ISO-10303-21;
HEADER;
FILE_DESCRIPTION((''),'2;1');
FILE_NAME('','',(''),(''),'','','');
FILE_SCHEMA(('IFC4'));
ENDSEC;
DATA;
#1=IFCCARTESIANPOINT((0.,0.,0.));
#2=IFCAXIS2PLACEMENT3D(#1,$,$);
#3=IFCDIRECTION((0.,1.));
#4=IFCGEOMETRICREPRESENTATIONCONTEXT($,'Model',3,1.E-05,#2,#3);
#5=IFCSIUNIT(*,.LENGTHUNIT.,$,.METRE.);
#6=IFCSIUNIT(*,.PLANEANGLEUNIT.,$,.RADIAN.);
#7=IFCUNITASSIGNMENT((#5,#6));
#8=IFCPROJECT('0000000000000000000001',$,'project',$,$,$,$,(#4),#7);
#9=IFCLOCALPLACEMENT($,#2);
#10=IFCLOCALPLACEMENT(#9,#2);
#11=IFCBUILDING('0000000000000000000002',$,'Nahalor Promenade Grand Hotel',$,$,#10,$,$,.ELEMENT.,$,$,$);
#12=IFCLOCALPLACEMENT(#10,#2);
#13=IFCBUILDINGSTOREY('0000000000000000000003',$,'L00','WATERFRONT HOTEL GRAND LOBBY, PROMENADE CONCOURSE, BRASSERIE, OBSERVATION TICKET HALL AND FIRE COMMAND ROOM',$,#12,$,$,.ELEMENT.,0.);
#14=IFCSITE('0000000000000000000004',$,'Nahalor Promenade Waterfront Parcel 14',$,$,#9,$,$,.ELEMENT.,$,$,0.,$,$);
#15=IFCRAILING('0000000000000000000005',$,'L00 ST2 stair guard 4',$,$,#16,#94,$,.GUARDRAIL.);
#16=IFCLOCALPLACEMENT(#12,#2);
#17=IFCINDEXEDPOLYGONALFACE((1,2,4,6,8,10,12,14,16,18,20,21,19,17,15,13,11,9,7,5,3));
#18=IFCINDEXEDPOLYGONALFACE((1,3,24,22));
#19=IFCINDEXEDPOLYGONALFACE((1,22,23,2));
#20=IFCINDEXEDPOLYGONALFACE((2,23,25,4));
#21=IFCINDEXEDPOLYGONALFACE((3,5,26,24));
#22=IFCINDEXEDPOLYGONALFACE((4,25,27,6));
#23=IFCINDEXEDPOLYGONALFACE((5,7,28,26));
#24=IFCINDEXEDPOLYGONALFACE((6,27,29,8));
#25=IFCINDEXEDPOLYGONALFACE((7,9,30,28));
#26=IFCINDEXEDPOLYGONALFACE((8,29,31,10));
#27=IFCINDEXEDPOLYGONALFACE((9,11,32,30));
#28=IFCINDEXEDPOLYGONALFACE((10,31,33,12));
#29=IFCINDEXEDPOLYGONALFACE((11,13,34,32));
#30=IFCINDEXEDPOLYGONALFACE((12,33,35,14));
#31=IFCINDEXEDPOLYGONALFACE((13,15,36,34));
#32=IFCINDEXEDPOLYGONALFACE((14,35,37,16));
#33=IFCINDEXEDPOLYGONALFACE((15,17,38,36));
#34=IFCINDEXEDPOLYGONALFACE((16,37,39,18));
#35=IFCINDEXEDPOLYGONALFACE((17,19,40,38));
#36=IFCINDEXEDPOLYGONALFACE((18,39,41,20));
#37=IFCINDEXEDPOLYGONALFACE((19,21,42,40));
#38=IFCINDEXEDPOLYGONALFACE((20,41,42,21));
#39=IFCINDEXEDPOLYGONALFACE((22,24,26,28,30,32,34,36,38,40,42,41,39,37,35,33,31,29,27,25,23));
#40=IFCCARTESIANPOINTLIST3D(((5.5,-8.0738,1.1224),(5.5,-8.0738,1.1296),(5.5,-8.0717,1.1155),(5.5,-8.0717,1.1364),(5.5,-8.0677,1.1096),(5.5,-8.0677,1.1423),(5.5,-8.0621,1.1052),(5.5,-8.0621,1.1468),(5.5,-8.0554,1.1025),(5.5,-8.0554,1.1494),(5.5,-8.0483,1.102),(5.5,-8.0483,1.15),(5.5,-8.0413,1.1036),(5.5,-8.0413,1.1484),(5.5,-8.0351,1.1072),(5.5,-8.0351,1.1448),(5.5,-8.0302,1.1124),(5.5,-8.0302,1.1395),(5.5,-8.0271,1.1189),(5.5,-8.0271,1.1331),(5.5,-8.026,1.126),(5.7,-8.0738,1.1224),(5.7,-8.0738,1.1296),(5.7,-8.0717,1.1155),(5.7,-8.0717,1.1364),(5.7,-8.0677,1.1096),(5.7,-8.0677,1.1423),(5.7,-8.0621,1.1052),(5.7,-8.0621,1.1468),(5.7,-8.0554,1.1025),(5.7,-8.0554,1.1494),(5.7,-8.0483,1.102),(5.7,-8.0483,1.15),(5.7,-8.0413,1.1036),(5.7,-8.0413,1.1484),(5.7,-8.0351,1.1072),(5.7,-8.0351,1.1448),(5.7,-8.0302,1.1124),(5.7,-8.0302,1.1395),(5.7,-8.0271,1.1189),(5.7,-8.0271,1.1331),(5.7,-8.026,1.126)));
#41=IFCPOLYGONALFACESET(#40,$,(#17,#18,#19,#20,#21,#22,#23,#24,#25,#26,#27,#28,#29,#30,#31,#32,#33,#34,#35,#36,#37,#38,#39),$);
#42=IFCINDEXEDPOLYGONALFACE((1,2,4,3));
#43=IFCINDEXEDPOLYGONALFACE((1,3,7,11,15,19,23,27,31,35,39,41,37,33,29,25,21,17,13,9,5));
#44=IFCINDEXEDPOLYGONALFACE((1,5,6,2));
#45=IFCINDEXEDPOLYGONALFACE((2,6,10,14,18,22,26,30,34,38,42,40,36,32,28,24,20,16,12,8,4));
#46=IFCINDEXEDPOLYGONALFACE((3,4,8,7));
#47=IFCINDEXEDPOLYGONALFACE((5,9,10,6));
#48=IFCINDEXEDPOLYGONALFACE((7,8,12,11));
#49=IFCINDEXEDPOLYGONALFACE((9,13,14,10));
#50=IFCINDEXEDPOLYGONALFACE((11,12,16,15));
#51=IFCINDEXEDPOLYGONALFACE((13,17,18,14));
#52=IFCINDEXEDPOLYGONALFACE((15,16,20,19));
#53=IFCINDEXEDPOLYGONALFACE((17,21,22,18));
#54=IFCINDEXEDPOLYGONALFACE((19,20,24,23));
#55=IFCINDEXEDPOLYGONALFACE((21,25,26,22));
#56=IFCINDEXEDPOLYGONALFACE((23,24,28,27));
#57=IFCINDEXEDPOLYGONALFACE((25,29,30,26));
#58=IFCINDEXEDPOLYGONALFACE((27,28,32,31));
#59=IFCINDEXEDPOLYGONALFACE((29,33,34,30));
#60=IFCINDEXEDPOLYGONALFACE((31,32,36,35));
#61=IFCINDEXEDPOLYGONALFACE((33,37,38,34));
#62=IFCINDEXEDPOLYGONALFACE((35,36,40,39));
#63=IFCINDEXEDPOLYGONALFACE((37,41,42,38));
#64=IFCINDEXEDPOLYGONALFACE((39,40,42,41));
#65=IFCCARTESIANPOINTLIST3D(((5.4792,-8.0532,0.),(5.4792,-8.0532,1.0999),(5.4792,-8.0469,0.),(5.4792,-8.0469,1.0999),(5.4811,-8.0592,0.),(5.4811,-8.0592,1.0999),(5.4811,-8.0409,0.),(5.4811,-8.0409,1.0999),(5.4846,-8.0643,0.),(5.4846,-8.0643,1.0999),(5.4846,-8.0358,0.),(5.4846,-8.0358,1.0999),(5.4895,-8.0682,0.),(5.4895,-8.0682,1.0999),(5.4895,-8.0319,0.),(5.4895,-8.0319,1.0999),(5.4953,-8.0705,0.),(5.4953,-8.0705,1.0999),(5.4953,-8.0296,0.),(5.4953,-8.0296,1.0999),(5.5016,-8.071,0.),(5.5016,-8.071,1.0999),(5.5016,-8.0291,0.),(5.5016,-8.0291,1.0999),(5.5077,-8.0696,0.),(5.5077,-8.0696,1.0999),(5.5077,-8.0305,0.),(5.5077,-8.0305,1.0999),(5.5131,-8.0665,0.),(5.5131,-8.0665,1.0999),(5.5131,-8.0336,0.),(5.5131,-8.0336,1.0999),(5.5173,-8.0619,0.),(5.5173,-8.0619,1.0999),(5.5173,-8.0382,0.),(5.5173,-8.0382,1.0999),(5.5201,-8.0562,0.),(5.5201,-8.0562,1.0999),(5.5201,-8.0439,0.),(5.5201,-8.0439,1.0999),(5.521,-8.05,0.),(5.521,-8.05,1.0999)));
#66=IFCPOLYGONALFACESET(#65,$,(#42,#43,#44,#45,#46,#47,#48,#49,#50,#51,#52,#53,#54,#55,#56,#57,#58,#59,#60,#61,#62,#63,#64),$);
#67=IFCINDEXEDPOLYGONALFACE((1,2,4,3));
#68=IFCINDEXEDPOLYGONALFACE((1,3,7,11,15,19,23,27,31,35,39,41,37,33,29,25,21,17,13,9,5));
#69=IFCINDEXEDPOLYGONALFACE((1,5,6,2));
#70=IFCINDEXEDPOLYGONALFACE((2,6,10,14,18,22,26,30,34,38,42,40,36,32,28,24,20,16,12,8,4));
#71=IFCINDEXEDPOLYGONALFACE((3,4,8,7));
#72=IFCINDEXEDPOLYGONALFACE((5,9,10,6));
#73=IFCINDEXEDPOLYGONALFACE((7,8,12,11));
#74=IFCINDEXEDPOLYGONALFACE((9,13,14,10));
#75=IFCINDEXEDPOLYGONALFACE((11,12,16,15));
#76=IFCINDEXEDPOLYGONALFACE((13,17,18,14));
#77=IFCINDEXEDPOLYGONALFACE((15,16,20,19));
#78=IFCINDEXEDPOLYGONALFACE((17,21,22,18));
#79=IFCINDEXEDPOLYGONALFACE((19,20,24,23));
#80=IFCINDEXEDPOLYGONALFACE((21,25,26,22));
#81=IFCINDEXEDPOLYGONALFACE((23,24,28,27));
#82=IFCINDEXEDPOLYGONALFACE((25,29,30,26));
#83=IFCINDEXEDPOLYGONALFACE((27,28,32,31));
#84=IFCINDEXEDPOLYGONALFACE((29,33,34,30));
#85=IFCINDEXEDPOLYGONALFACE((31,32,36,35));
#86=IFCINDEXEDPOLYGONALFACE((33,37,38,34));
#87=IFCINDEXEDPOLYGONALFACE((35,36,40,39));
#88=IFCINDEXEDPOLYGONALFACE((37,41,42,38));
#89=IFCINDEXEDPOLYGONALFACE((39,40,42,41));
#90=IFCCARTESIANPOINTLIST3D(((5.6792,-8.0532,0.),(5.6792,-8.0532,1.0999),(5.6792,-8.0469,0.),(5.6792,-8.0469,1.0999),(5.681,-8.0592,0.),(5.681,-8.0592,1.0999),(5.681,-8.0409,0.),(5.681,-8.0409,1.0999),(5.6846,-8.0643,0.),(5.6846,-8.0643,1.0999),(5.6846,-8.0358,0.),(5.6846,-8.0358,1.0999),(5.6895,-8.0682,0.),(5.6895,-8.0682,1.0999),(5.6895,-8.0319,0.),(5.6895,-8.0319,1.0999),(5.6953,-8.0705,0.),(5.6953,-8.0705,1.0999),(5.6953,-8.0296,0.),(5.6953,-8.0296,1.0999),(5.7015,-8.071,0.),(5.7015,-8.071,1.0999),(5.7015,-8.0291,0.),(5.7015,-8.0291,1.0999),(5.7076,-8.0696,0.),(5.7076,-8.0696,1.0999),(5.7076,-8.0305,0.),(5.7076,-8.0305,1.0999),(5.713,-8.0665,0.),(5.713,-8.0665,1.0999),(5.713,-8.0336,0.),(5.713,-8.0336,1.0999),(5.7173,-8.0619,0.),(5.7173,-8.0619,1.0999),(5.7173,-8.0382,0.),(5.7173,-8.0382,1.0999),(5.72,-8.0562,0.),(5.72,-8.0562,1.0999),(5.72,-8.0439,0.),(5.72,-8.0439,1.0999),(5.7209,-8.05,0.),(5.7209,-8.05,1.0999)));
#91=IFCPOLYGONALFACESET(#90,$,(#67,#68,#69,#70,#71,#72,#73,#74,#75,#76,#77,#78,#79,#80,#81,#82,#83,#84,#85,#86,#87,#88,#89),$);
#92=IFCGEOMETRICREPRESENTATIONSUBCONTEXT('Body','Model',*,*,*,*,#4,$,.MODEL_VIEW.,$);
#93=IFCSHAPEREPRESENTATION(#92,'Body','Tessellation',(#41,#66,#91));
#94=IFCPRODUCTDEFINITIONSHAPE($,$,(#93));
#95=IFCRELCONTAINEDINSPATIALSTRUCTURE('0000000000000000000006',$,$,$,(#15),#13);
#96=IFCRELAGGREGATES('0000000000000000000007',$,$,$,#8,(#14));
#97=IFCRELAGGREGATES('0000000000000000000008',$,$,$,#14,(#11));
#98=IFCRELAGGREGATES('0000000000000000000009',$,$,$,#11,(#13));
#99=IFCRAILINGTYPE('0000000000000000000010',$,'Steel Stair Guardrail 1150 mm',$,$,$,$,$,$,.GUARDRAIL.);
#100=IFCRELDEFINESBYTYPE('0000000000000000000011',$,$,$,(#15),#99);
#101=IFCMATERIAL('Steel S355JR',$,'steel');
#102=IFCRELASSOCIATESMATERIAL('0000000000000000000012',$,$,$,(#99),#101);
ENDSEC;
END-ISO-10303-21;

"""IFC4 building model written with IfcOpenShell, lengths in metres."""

from ifc_helpers import new_model, si_unit, direction, frame, origin, origin_2d, place, context, subcontext, project, spatial, circle, extrude, material, type_object, element, save


model = new_model("IFC4")

# Units and contexts
model_context = context("Model", 3, precision=1e-05, world=origin(), true_north=direction((0.0, 1.0)))
body_context = subcontext(model_context, "Body", "Model", "MODEL_VIEW")
ifc_project = project(units=[si_unit("LENGTHUNIT", "METRE"), si_unit("PLANEANGLEUNIT", "RADIAN")], contexts=[model_context])

# Site, building, storey
site_placement = place(None, origin())
site = spatial("IfcSite", under=ifc_project, at=site_placement, Name="Nahalor Promenade Waterfront Parcel 14", CompositionType="ELEMENT", RefElevation=0.0)
building_placement = place(site_placement, origin())
building = spatial("IfcBuilding", under=site, at=building_placement, Name="Nahalor Promenade Grand Hotel", CompositionType="ELEMENT")
storey_placement = place(building_placement, origin())
storey = spatial("IfcBuildingStorey", under=building, at=storey_placement, Name="L00", Description="WATERFRONT HOTEL GRAND LOBBY, PROMENADE CONCOURSE, BRASSERIE, OBSERVATION TICKET HALL AND FIRE COMMAND ROOM", CompositionType="ELEMENT", Elevation=0.0)

# Shared definitions
ifc_material_1 = material(Name="Steel S355JR", Category="steel")

# Railing
railing_type_1 = type_object("IfcRailingType", Name="Steel Stair Guardrail 1150 mm", PredefinedType="GUARDRAIL", material=ifc_material_1)
railing_1_placement = place(storey_placement, frame((5.5, -8.05, 0.0)))
element("IfcRailing", 1, at=railing_1_placement, inside=storey, type_object=railing_type_1, Name="L00 ST2 stair guard 4", PredefinedType="GUARDRAIL", context=body_context, shape_type="SweptSolid", body=[
    extrude(circle(Radius=0.024, at=origin_2d()), frame((0.0, 0.0, 1.126), z_axis=(1.0, 0.0, 0.0), x_axis=(0.0, 1.0, 0.0)), (0.0, 0.0, 1.0), 0.2),
    extrude(circle(Radius=0.021, at=origin_2d()), origin(), (0.0, 0.0, 1.0), 1.0999),
    extrude(circle(Radius=0.021, at=origin_2d()), frame((0.2, 0.0, 0.0)), (0.0, 0.0, 1.0), 1.0999),
])

save(model, "model.ifc")
